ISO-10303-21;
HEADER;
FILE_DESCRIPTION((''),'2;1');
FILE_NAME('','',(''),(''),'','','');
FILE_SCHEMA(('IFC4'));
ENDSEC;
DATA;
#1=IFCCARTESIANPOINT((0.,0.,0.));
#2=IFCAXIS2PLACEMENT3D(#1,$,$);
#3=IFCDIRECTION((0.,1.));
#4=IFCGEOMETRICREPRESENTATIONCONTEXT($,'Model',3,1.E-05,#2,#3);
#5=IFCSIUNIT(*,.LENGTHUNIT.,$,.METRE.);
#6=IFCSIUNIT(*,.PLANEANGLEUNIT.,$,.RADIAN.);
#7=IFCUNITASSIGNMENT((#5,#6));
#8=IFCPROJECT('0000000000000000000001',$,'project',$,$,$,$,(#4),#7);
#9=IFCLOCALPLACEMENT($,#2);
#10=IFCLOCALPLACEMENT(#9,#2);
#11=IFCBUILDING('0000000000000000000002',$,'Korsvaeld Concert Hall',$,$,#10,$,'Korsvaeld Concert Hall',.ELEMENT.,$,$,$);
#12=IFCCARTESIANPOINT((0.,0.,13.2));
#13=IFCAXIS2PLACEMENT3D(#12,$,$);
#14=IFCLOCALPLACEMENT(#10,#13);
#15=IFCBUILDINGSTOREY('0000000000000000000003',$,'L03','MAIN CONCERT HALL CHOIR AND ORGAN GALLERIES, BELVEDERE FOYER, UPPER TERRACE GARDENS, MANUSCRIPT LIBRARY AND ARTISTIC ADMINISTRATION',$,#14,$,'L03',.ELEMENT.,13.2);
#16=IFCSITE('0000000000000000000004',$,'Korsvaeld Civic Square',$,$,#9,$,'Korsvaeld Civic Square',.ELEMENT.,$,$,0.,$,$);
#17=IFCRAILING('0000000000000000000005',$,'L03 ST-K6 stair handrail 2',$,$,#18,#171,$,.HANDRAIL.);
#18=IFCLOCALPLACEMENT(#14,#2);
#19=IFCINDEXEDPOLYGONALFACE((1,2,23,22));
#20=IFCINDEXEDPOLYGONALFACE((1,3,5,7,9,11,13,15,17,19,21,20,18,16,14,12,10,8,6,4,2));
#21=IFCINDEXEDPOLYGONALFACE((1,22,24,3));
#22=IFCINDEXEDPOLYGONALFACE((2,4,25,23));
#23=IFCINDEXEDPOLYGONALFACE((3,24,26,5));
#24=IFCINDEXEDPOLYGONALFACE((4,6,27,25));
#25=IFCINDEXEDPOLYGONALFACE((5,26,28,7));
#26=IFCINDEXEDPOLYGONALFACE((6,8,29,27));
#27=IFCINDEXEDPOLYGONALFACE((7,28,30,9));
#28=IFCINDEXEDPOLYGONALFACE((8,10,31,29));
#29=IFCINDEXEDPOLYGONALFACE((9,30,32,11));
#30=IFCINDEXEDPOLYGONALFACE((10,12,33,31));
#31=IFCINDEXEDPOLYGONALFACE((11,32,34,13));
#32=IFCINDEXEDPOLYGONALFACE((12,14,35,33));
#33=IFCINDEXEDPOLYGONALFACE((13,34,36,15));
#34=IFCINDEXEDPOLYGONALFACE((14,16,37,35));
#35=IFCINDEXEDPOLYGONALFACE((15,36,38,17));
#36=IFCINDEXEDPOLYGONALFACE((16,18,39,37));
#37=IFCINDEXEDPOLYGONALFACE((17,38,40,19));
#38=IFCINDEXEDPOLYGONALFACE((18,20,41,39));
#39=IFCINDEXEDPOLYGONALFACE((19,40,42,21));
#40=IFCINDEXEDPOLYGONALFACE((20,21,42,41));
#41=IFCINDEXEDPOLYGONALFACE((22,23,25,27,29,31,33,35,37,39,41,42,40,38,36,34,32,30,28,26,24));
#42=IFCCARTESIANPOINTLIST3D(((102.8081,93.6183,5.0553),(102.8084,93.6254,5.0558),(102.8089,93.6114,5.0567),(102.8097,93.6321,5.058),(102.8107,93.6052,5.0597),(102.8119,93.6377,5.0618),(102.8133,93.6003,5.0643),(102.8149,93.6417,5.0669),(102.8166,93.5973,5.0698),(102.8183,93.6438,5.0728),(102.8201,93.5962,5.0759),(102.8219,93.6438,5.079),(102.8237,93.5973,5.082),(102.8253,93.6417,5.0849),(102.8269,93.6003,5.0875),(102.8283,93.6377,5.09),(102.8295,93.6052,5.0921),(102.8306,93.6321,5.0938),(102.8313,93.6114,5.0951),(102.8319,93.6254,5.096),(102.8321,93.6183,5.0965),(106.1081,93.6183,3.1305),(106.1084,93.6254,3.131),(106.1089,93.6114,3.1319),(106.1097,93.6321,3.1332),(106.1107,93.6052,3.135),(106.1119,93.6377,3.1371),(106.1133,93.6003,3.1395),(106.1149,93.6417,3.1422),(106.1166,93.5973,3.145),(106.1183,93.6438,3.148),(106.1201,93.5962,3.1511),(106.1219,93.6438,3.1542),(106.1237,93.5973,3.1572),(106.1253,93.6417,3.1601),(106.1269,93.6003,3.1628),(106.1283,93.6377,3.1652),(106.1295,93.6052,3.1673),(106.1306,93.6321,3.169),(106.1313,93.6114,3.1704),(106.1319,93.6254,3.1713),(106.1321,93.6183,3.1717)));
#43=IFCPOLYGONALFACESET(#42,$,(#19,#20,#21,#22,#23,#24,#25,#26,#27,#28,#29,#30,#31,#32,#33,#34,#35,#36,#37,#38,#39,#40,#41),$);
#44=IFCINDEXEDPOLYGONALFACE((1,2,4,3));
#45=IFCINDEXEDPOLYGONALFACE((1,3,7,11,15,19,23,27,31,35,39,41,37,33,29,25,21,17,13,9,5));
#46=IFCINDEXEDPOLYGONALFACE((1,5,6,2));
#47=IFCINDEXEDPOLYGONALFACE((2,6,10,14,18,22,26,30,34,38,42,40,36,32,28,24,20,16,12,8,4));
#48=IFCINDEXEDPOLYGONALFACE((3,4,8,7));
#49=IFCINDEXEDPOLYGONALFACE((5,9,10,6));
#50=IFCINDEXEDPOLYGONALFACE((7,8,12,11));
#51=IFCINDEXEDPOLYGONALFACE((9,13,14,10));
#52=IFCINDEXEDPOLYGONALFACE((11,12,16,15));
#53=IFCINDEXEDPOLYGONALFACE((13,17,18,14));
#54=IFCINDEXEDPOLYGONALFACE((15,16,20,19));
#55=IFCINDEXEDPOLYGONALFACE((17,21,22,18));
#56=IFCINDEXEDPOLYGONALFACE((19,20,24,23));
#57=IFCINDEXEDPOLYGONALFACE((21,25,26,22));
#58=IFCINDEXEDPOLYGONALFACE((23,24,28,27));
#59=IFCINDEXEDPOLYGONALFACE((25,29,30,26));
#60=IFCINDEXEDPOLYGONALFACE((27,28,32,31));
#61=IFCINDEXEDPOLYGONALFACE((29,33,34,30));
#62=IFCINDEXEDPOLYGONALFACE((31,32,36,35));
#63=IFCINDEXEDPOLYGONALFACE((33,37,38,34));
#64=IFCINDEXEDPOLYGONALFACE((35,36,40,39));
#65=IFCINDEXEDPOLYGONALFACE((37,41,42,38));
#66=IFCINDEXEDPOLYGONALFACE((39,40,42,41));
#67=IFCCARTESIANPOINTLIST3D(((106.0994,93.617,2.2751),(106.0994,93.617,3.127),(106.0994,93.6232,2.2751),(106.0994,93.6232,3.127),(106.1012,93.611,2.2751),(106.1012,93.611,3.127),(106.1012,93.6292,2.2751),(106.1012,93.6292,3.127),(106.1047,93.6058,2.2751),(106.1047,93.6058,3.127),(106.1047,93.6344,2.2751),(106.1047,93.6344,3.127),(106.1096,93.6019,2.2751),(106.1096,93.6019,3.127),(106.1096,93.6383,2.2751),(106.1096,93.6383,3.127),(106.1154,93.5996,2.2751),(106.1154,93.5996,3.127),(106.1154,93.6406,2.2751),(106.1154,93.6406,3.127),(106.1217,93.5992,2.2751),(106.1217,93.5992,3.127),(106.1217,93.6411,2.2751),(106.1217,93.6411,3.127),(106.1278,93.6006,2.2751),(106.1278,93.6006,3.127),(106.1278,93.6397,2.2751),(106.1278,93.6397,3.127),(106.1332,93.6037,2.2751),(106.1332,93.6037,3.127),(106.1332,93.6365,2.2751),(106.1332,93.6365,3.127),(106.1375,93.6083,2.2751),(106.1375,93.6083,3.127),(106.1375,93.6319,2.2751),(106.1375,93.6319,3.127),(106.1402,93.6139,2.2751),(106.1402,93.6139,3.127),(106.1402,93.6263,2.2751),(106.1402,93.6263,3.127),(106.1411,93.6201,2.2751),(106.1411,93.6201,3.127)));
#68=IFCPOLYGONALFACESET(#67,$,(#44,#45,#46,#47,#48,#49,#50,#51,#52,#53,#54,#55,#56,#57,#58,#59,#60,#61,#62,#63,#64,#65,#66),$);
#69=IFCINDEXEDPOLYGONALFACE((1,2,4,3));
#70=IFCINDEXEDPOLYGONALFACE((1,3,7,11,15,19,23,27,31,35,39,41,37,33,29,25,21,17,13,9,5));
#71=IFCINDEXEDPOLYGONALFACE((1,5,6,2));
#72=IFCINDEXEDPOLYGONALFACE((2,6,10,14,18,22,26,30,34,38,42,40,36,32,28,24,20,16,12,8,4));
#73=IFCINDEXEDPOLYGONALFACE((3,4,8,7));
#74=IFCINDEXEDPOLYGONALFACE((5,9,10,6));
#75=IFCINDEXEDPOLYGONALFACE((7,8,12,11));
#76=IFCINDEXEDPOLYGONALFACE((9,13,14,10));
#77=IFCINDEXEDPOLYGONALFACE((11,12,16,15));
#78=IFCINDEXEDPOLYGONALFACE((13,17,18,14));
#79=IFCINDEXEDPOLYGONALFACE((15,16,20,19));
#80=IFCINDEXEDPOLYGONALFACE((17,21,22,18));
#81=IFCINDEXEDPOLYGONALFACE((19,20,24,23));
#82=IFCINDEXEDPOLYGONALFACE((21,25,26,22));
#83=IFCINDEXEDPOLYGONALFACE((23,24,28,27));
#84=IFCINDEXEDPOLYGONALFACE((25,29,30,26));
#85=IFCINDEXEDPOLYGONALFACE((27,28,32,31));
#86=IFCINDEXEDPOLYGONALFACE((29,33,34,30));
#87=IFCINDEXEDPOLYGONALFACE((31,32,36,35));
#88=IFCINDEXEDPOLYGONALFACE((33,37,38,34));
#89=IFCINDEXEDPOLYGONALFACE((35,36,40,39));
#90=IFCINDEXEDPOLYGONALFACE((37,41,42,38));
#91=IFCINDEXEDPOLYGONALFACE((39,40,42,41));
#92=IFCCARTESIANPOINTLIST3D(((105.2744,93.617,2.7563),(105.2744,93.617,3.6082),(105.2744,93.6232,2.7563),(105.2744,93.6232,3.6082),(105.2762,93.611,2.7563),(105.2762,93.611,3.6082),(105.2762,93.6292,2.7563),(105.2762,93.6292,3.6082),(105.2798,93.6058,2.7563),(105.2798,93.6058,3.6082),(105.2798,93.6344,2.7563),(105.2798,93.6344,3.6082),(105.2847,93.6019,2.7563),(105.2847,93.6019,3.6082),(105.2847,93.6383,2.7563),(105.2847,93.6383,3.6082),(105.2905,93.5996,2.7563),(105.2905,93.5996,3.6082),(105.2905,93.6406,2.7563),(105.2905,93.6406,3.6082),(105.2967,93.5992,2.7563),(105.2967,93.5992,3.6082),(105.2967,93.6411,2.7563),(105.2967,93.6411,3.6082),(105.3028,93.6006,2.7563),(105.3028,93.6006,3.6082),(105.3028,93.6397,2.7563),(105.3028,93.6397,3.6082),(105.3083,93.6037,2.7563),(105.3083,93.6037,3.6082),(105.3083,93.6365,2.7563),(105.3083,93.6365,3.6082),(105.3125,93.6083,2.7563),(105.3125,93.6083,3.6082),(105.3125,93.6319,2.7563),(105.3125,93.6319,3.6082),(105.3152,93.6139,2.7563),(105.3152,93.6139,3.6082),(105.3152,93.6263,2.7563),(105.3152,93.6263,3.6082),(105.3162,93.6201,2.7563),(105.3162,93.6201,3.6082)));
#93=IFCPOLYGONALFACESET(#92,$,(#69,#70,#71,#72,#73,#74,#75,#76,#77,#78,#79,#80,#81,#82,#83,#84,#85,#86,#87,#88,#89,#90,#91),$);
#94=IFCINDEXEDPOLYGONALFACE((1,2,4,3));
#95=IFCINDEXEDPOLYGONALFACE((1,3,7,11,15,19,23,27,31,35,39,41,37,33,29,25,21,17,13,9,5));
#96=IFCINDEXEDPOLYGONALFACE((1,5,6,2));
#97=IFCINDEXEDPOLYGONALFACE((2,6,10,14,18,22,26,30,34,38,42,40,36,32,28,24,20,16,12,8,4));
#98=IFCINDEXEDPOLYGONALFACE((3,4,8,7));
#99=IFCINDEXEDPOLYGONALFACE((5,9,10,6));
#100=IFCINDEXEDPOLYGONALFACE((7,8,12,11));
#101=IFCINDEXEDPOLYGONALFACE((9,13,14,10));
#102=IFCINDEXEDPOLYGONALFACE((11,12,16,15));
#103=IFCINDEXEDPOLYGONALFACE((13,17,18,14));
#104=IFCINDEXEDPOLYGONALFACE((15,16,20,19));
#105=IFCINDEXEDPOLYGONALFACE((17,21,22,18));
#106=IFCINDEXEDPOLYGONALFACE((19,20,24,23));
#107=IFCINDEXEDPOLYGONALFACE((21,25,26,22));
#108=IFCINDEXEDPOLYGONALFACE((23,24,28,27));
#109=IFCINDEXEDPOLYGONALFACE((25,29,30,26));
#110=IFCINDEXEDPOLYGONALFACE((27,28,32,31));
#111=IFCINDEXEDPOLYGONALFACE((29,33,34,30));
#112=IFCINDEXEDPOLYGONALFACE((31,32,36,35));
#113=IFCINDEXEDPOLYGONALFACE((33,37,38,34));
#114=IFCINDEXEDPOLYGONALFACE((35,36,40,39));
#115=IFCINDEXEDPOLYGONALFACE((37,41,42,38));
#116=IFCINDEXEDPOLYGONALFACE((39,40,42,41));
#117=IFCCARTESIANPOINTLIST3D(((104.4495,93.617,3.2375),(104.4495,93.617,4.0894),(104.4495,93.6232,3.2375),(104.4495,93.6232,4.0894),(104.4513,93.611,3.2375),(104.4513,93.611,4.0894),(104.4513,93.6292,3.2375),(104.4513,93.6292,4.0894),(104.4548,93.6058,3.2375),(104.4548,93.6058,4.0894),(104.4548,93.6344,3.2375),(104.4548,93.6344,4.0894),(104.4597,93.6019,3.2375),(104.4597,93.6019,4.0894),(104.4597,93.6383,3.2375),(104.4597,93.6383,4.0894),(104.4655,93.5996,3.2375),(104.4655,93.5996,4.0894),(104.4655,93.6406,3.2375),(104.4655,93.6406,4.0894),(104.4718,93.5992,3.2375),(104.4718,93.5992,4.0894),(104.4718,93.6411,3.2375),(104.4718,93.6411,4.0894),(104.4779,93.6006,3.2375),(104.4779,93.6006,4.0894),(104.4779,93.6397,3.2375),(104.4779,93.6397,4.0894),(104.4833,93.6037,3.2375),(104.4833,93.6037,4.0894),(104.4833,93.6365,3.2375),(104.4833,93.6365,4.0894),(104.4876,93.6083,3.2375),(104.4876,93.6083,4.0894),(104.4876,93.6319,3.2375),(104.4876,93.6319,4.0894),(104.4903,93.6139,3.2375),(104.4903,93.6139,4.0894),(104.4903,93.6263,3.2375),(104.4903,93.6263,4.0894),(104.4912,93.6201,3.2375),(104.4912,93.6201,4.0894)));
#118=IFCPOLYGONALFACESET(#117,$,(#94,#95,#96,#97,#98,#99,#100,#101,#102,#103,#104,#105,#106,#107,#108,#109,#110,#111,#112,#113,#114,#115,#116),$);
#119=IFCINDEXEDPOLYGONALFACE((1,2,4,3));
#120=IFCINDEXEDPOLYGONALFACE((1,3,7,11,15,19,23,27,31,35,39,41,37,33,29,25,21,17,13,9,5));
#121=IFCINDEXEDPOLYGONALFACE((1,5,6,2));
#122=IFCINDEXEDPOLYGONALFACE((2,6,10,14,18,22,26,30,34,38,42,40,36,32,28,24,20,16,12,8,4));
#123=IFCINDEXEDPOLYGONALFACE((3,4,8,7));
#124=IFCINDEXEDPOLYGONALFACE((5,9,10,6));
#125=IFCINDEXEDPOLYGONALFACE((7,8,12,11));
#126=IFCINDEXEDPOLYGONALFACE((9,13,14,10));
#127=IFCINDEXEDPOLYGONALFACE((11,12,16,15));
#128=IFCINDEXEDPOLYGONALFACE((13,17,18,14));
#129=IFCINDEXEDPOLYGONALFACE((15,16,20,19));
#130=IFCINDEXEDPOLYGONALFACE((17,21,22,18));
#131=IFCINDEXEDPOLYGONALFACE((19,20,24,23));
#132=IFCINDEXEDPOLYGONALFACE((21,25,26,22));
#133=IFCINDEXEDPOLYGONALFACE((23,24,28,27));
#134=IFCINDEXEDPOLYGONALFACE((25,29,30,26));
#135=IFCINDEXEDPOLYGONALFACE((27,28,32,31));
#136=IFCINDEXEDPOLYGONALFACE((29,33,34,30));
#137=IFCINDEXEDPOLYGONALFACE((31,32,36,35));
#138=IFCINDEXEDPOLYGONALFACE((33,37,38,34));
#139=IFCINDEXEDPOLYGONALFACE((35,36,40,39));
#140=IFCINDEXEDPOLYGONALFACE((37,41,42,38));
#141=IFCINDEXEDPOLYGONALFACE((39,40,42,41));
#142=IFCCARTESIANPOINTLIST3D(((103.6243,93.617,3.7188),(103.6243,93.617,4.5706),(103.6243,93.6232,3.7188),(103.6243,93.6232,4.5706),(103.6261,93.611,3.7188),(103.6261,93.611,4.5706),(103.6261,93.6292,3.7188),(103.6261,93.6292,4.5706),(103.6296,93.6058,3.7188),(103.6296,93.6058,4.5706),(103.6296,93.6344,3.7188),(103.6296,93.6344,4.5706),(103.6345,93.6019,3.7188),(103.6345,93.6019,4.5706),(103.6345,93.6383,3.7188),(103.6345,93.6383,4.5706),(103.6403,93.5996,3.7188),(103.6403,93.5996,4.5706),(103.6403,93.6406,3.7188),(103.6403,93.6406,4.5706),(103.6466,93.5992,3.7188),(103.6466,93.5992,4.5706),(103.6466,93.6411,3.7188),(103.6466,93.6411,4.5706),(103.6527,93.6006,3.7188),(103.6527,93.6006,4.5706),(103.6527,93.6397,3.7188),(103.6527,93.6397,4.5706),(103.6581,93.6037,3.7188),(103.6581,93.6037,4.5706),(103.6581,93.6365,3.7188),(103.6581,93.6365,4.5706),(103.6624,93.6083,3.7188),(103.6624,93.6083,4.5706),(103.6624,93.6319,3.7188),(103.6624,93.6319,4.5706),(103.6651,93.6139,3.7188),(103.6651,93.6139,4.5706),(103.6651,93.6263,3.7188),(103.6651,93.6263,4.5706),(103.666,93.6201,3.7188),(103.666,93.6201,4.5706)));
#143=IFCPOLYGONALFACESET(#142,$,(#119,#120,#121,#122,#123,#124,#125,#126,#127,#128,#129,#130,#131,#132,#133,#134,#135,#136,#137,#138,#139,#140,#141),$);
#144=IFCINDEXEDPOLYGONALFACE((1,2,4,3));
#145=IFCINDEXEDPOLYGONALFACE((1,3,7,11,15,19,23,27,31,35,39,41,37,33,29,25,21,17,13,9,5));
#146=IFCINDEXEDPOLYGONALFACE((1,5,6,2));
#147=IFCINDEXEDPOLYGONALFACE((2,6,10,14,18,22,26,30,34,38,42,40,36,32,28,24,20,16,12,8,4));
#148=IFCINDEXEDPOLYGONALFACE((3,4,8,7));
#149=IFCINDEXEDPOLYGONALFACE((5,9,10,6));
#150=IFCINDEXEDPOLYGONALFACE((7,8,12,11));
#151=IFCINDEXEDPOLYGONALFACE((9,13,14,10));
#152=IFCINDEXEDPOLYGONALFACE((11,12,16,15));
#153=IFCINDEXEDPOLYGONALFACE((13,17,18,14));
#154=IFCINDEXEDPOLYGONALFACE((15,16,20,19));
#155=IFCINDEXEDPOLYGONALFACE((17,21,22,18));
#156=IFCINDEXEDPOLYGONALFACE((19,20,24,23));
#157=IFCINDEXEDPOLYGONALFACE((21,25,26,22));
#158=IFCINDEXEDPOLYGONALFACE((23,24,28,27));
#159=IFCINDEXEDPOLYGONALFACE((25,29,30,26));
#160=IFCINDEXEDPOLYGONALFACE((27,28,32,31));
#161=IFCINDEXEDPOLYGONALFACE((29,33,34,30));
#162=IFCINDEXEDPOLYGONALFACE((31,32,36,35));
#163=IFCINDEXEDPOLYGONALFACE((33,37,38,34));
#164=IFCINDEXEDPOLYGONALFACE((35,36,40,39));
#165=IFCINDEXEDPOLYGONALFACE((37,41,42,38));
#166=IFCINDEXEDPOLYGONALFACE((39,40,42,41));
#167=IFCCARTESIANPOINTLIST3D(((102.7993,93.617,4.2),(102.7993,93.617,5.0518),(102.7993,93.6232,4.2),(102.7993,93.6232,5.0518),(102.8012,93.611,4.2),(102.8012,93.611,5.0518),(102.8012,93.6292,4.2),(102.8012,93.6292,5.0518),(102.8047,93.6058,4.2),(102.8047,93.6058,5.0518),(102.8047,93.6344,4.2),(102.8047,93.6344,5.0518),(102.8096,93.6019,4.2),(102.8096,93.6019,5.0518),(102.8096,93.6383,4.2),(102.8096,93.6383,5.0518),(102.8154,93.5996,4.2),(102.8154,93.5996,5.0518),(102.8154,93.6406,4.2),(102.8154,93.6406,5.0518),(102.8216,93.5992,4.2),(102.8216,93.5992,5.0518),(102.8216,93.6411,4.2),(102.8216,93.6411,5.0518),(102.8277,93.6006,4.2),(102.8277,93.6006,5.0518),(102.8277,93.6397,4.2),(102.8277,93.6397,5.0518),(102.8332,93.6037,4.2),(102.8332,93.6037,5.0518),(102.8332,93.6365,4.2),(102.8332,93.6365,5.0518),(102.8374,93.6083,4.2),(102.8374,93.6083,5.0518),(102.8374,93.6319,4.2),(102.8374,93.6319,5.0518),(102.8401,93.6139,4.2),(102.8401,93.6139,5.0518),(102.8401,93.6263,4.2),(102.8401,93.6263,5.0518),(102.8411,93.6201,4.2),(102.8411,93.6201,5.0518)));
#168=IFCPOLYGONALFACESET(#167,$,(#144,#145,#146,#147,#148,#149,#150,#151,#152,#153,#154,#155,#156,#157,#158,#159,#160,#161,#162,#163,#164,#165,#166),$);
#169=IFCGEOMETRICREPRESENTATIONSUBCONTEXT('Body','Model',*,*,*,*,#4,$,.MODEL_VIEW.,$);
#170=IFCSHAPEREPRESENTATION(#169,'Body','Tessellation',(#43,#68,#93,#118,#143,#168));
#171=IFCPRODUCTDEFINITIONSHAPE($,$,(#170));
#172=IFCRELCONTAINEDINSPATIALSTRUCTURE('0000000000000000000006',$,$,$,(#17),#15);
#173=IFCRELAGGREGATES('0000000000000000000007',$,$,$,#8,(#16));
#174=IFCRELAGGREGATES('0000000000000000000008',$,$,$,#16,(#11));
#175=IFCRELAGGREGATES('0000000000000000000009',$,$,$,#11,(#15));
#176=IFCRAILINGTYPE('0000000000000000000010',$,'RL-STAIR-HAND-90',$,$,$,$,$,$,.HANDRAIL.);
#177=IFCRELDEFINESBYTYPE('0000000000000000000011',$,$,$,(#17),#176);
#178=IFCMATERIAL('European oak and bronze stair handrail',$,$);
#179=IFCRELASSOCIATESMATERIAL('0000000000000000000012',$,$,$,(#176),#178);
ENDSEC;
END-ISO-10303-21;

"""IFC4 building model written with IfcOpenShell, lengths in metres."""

from ifc_helpers import new_model, si_unit, direction, frame, origin, origin_2d, place, context, subcontext, project, spatial, circle, extrude, material, type_object, element, save


model = new_model("IFC4")

# Units and contexts
model_context = context("Model", 3, precision=1e-05, world=origin(), true_north=direction((0.0, 1.0)))
body_context = subcontext(model_context, "Body", "Model", "MODEL_VIEW")
ifc_project = project(units=[si_unit("LENGTHUNIT", "METRE"), si_unit("PLANEANGLEUNIT", "RADIAN")], contexts=[model_context])

# Site, building, storey
site_placement = place(None, origin())
site = spatial("IfcSite", under=ifc_project, at=site_placement, Name="Korsvaeld Civic Square", LongName="Korsvaeld Civic Square", CompositionType="ELEMENT", RefElevation=0.0)
building_placement = place(site_placement, origin())
building = spatial("IfcBuilding", under=site, at=building_placement, Name="Korsvaeld Concert Hall", LongName="Korsvaeld Concert Hall", CompositionType="ELEMENT")
storey_placement = place(building_placement, frame((0.0, 0.0, 13.2)))
storey = spatial("IfcBuildingStorey", under=building, at=storey_placement, Name="L03", Description="MAIN CONCERT HALL CHOIR AND ORGAN GALLERIES, BELVEDERE FOYER, UPPER TERRACE GARDENS, MANUSCRIPT LIBRARY AND ARTISTIC ADMINISTRATION", LongName="L03", CompositionType="ELEMENT", Elevation=13.2)

# Railing
ifc_material_1 = material(Name="European oak and bronze stair handrail")
railing_type_1 = type_object("IfcRailingType", Name="RL-STAIR-HAND-90", PredefinedType="HANDRAIL", material=ifc_material_1)
railing_1_placement = place(storey_placement, frame((106.1201, 93.6201, 2.2751)))
element("IfcRailing", 1, at=railing_1_placement, inside=storey, type_object=railing_type_1, Name="L03 ST-K6 stair handrail 2", PredefinedType="HANDRAIL", context=body_context, shape_type="SweptSolid", body=[
    extrude(circle(Radius=0.0239, at=origin_2d()), frame((0.0, 0.0, 0.876), z_axis=(-0.863804, 0.0, 0.503827), x_axis=(0.0, -1.0, 0.0)), (0.0, 0.0, 1.0), 3.8203),
    extrude(circle(Radius=0.021, at=origin_2d()), origin(), (0.0, 0.0, 1.0), 0.8518),
    extrude(circle(Radius=0.021, at=origin_2d()), frame((-0.825, 0.0, 0.4812)), (0.0, 0.0, 1.0), 0.8518),
    extrude(circle(Radius=0.021, at=origin_2d()), frame((-1.6499, 0.0, 0.9624)), (0.0, 0.0, 1.0), 0.8518),
    extrude(circle(Radius=0.021, at=origin_2d()), frame((-2.4751, 0.0, 1.4436)), (0.0, 0.0, 1.0), 0.8518),
    extrude(circle(Radius=0.021, at=origin_2d()), frame((-3.3, 0.0, 1.9248)), (0.0, 0.0, 1.0), 0.8518),
])

save(model, "model.ifc")
